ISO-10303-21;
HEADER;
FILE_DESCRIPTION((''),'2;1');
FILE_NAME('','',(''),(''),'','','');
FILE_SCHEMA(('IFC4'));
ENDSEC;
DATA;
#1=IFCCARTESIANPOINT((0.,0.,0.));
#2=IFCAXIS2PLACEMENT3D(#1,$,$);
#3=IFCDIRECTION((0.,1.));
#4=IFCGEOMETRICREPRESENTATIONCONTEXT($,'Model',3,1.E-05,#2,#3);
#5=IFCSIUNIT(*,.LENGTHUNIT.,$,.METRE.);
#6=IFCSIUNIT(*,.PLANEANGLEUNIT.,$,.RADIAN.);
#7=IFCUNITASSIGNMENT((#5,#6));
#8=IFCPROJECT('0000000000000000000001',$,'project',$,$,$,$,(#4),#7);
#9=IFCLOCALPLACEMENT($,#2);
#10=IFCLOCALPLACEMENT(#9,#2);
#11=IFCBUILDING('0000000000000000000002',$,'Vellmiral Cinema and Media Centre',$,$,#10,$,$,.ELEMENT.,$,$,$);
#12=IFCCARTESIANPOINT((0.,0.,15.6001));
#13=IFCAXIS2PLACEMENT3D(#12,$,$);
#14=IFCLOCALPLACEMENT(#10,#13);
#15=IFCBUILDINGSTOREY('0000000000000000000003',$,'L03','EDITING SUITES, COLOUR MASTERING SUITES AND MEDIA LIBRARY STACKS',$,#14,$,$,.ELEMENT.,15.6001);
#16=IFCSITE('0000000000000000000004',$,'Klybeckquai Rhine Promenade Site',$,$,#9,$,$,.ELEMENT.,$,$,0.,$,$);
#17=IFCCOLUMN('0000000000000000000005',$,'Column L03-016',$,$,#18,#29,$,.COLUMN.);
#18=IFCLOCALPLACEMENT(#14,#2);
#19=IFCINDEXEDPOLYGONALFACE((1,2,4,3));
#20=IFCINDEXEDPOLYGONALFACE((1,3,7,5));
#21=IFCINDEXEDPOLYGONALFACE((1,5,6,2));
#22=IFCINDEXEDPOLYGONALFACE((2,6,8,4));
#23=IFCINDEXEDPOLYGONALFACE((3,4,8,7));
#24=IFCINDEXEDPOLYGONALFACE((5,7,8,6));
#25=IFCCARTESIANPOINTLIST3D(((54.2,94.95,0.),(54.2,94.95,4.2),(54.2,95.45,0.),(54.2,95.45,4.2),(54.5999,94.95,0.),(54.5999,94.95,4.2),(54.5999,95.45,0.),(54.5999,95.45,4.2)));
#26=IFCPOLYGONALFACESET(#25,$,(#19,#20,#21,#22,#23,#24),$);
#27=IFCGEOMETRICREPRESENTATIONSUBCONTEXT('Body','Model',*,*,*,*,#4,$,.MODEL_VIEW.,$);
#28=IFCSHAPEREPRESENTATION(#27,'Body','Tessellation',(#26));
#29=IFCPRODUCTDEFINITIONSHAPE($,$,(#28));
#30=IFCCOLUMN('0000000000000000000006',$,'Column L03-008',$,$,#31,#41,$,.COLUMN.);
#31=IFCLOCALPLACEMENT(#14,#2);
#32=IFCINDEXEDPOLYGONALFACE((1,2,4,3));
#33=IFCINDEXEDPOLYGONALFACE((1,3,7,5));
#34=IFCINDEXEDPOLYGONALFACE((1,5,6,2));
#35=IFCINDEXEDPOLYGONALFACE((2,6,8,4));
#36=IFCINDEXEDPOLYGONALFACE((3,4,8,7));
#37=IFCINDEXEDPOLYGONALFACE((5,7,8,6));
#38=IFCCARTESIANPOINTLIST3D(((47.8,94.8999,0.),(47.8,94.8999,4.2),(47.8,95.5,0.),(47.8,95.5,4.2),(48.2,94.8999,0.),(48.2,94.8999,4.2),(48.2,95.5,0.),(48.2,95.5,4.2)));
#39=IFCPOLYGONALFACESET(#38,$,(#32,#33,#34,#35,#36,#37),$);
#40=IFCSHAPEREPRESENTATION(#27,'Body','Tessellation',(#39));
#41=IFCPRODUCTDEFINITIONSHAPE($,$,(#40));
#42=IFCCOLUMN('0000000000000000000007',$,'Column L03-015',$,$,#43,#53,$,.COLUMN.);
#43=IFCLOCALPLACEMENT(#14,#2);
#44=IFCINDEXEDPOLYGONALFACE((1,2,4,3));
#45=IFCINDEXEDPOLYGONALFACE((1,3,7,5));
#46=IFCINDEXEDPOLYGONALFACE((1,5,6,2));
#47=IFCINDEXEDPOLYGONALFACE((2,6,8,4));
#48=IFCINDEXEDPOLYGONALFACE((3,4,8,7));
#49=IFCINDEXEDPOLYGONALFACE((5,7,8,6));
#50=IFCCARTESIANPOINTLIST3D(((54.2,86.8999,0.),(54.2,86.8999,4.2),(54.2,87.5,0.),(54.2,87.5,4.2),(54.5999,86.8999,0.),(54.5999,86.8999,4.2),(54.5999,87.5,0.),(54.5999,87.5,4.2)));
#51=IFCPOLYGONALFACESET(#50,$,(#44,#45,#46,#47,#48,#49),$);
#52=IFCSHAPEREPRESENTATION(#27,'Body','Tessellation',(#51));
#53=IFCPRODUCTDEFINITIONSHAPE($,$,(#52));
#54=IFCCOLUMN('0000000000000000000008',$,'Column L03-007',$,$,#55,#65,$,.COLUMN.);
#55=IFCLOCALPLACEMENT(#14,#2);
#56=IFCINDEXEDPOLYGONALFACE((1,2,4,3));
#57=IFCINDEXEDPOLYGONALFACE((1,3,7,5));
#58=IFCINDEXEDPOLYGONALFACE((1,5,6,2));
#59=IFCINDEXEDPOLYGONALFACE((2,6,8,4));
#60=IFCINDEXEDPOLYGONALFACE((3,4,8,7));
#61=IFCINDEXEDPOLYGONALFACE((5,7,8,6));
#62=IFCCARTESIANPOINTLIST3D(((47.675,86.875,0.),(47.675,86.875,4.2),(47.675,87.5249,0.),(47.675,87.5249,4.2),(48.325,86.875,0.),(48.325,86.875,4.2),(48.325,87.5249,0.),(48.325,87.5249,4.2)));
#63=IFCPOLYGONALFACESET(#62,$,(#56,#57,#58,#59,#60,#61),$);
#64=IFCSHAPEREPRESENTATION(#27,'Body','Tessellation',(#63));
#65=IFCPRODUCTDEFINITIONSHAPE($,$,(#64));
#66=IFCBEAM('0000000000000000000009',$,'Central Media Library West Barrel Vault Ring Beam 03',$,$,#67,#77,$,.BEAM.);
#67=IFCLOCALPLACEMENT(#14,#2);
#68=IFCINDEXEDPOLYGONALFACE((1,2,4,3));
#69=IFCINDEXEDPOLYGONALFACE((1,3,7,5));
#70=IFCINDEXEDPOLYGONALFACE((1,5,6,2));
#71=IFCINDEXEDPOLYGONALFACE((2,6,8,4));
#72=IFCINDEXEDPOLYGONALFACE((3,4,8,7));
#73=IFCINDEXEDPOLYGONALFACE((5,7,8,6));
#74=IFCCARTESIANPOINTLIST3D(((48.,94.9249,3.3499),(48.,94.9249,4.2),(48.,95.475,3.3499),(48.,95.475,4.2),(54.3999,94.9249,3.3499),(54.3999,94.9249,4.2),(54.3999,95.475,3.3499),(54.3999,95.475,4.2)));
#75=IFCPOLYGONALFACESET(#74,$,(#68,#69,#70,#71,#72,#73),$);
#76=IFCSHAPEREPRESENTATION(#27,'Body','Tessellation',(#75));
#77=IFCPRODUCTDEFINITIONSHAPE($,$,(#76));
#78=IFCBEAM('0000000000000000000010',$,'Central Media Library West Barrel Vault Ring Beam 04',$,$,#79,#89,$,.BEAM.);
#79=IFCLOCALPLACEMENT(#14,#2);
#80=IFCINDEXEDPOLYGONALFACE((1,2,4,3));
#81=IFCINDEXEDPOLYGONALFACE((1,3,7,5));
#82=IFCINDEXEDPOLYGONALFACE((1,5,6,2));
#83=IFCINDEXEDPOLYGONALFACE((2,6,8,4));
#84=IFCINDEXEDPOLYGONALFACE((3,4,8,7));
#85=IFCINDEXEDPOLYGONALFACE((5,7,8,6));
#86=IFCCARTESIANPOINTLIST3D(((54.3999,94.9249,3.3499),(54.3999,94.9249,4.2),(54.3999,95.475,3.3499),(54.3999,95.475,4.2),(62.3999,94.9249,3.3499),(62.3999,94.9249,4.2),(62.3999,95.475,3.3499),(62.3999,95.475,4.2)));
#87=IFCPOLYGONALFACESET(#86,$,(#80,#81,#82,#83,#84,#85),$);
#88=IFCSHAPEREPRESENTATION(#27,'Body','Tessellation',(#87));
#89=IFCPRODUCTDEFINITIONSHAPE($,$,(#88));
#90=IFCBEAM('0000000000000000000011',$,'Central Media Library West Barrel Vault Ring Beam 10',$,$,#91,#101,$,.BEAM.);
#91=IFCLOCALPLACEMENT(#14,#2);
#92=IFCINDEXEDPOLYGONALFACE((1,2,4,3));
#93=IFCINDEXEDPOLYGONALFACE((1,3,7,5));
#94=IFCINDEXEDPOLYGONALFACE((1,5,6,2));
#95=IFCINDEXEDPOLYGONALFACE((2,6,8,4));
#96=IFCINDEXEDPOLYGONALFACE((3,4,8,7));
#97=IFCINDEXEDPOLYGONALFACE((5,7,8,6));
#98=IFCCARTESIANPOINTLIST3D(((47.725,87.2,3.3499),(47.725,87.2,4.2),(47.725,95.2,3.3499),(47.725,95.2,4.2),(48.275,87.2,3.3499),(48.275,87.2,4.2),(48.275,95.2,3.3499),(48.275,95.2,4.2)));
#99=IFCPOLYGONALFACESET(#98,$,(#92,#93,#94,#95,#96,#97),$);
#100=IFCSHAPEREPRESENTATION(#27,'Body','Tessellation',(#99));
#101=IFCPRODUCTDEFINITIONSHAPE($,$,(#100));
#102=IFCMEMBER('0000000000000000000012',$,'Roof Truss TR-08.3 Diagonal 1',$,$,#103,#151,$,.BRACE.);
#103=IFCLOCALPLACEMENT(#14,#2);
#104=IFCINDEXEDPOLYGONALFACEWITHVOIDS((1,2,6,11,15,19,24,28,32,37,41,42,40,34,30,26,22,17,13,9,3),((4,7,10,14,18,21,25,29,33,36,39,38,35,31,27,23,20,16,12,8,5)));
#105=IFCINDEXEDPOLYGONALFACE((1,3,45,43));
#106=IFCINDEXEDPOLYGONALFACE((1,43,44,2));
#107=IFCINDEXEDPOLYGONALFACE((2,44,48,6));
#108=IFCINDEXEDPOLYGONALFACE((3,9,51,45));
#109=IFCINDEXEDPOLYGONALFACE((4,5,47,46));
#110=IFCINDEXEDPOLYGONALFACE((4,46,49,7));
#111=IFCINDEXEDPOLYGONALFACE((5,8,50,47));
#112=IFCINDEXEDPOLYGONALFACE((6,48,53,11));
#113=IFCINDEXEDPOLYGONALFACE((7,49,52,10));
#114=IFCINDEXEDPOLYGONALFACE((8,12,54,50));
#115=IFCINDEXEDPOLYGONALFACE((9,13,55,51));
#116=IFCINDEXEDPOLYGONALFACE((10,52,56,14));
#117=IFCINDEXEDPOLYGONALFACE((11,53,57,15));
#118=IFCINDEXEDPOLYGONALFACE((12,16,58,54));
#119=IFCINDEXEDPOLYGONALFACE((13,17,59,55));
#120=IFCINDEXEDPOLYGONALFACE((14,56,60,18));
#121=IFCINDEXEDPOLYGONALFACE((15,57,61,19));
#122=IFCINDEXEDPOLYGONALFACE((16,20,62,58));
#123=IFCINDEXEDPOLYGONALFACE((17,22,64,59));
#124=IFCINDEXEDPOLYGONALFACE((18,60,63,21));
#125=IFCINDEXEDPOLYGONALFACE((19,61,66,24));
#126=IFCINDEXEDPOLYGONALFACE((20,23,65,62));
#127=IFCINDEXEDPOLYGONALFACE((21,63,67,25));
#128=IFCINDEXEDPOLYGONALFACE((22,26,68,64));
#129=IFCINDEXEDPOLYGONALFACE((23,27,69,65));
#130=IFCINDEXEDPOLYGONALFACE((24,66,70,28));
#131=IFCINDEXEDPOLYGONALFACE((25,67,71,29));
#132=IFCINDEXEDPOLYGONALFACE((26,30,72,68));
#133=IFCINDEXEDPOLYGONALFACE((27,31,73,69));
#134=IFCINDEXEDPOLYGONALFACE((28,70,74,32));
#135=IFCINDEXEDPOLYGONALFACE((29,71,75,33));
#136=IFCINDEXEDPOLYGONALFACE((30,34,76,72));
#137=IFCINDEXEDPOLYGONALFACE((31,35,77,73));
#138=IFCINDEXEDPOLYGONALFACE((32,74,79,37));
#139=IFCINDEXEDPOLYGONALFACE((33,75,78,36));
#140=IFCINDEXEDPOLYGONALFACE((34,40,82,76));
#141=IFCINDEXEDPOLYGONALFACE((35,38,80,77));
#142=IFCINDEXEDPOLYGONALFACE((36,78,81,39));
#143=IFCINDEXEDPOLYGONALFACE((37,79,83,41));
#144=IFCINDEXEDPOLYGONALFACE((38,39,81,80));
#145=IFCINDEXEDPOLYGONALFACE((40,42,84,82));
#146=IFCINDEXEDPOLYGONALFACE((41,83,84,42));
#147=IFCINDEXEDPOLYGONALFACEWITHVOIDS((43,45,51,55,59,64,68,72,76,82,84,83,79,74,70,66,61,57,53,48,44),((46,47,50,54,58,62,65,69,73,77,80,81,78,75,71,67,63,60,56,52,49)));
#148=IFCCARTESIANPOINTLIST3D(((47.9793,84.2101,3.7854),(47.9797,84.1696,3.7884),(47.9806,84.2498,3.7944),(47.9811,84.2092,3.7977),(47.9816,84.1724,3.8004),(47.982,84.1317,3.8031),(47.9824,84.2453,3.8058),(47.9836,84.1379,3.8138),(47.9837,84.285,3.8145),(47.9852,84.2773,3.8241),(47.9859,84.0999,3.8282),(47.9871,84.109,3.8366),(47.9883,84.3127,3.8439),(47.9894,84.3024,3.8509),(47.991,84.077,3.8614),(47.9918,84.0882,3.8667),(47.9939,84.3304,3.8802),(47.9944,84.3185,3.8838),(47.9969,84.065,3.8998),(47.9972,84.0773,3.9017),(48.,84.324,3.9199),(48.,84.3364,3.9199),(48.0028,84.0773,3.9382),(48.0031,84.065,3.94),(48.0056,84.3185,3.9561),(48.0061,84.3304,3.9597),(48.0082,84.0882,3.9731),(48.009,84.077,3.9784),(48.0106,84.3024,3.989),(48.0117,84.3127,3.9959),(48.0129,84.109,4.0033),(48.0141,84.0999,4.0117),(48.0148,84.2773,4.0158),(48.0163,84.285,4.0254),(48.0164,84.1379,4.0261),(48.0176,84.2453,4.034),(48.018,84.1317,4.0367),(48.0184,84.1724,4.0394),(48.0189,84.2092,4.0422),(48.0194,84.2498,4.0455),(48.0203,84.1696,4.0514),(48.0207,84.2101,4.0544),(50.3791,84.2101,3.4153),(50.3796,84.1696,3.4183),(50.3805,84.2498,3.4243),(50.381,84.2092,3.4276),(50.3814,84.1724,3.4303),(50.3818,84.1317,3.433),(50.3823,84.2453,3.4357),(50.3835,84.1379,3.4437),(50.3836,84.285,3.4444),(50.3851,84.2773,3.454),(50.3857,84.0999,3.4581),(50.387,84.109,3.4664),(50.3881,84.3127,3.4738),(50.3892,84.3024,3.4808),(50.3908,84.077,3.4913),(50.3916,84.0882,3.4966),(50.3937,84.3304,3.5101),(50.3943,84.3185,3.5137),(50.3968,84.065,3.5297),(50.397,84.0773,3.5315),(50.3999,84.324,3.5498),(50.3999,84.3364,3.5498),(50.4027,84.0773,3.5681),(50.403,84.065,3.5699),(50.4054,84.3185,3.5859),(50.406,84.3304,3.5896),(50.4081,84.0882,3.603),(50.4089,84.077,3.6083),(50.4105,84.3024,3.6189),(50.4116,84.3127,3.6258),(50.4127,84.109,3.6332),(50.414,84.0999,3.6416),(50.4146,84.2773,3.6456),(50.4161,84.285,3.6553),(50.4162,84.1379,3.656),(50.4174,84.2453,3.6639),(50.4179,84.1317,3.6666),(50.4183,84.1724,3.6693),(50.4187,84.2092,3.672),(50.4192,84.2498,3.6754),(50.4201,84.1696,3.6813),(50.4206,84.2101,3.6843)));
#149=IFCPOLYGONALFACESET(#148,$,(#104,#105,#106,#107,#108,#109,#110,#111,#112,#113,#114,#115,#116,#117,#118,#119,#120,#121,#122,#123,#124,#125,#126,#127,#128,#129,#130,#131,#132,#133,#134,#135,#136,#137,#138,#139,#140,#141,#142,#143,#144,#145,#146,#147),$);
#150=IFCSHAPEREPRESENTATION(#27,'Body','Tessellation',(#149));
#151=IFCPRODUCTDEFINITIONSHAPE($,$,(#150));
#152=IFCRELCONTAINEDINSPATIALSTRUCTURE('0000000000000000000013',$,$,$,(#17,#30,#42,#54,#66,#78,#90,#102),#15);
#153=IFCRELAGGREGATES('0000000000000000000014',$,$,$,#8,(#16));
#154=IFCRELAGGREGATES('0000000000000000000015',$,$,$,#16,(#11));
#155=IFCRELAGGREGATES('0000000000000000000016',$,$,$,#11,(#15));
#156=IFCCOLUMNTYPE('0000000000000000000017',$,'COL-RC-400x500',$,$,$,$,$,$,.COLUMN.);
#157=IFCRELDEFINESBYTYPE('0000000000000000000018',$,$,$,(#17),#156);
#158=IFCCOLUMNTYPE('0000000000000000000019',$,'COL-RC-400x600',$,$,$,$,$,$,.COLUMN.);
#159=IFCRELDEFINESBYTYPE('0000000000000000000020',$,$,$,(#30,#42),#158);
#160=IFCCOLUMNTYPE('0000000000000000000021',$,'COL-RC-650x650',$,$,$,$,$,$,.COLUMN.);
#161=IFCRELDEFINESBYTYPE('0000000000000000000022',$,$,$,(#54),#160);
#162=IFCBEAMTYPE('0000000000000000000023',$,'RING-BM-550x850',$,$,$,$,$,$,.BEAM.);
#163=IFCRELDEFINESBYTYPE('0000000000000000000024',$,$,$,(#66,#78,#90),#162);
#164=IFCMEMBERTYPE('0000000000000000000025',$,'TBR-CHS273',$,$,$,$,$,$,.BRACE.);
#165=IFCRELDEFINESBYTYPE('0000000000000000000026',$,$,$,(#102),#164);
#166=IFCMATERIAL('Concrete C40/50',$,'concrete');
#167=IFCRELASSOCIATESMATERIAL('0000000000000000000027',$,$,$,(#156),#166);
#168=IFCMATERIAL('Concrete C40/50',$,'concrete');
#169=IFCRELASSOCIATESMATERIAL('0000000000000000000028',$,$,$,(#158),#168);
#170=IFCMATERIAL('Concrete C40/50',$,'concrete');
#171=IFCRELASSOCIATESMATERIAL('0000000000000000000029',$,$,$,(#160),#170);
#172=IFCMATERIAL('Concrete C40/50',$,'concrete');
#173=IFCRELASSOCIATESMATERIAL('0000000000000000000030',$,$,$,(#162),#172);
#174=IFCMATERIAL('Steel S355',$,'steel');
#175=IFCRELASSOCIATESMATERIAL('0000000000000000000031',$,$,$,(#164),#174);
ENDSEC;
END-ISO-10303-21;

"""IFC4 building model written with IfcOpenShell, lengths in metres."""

from ifc_helpers import new_model, si_unit, direction, frame, origin, origin_2d, place, context, subcontext, project, spatial, rectangle, hollow_circle, extrude, material, material_profile, profile_set, type_object, element, save


model = new_model("IFC4")

# Units and contexts
model_context = context("Model", 3, precision=1e-05, world=origin(), true_north=direction((0.0, 1.0)))
body_context = subcontext(model_context, "Body", "Model", "MODEL_VIEW")
ifc_project = project(units=[si_unit("LENGTHUNIT", "METRE"), si_unit("PLANEANGLEUNIT", "RADIAN")], contexts=[model_context])

# Site, building, storey
site_placement = place(None, origin())
site = spatial("IfcSite", under=ifc_project, at=site_placement, Name="Klybeckquai Rhine Promenade Site", CompositionType="ELEMENT", RefElevation=0.0)
building_placement = place(site_placement, origin())
building = spatial("IfcBuilding", under=site, at=building_placement, Name="Vellmiral Cinema and Media Centre", CompositionType="ELEMENT")
storey_placement = place(building_placement, frame((0.0, 0.0, 15.6001)))
storey = spatial("IfcBuildingStorey", under=building, at=storey_placement, Name="L03", Description="EDITING SUITES, COLOUR MASTERING SUITES AND MEDIA LIBRARY STACKS", CompositionType="ELEMENT", Elevation=15.6001)

# Columns
ifc_material_1 = material(Name="Concrete C40/50", Category="concrete")
ifc_material_profile_1 = material_profile(ifc_material_1, rectangle(XDim=0.3999, YDim=0.5, at=origin_2d()), Name="RC 400x500")
ifc_profile_set_1 = profile_set([ifc_material_profile_1], Name="Concrete C40/50")
column_type_1 = type_object("IfcColumnType", Name="COL-RC-400x500", PredefinedType="COLUMN", material=ifc_profile_set_1)
column_1_placement = place(storey_placement, frame((54.3999, 95.2, 0.0), z_axis=(0.0, 0.0, 1.0), x_axis=(1.0, 0.0, 0.0)))
element("IfcColumn", 1, at=column_1_placement, inside=storey, type_object=column_type_1, Name="Column L03-016", PredefinedType="COLUMN", context=body_context, shape_type="SweptSolid", body=[
    extrude(rectangle(XDim=0.3999, YDim=0.5, at=origin_2d()), origin(), (0.0, 0.0, 1.0), 4.2),
])
ifc_material_2 = material(Name="Concrete C40/50", Category="concrete")
ifc_material_profile_2 = material_profile(ifc_material_2, rectangle(XDim=0.3999, YDim=0.6001, at=origin_2d()), Name="RC 400x600")
ifc_profile_set_2 = profile_set([ifc_material_profile_2], Name="Concrete C40/50")
column_type_2 = type_object("IfcColumnType", Name="COL-RC-400x600", PredefinedType="COLUMN", material=ifc_profile_set_2)
for number, where, z_axis, x_axis, name in (
    (2, (48.0, 95.2, 0.0), (0.0, 0.0, 1.0), (1.0, 0.0, 0.0), "Column L03-008"),
    (3, (54.3999, 87.2, 0.0), (0.0, 0.0, 1.0), (1.0, 0.0, 0.0), "Column L03-015"),
):
    element("IfcColumn", number, at=place(storey_placement, frame(where, z_axis=z_axis, x_axis=x_axis)), inside=storey, type_object=column_type_2, Name=name, PredefinedType="COLUMN", context=body_context, shape_type="SweptSolid", body=[
        extrude(rectangle(XDim=0.3999, YDim=0.6001, at=origin_2d()), origin(), (0.0, 0.0, 1.0), 4.2),
    ])
ifc_material_3 = material(Name="Concrete C40/50", Category="concrete")
ifc_material_profile_3 = material_profile(ifc_material_3, rectangle(XDim=0.6499, YDim=0.6499, at=origin_2d()), Name="RC 650x650")
ifc_profile_set_3 = profile_set([ifc_material_profile_3], Name="Concrete C40/50")
column_type_3 = type_object("IfcColumnType", Name="COL-RC-650x650", PredefinedType="COLUMN", material=ifc_profile_set_3)
column_2_placement = place(storey_placement, frame((48.0, 87.2, 0.0), z_axis=(0.0, 0.0, 1.0), x_axis=(1.0, 0.0, 0.0)))
element("IfcColumn", 4, at=column_2_placement, inside=storey, type_object=column_type_3, Name="Column L03-007", PredefinedType="COLUMN", context=body_context, shape_type="SweptSolid", body=[
    extrude(rectangle(XDim=0.6499, YDim=0.6499, at=origin_2d()), origin(), (0.0, 0.0, 1.0), 4.2),
])

# Beams
ifc_material_4 = material(Name="Concrete C40/50", Category="concrete")
ifc_material_profile_4 = material_profile(ifc_material_4, rectangle(XDim=0.55, YDim=0.8501, at=origin_2d()), Name="RC 550x850")
ifc_profile_set_4 = profile_set([ifc_material_profile_4], Name="Concrete C40/50")
beam_type = type_object("IfcBeamType", Name="RING-BM-550x850", PredefinedType="BEAM", material=ifc_profile_set_4)
beam_placement = place(storey_placement, frame((48.0, 95.2, 3.7749), z_axis=(1.0, 0.0, 0.0), x_axis=(0.0, 1.0, 0.0)))
element("IfcBeam", 5, at=beam_placement, inside=storey, type_object=beam_type, Name="Central Media Library West Barrel Vault Ring Beam 03", PredefinedType="BEAM", context=body_context, shape_type="SweptSolid", body=[
    extrude(rectangle(XDim=0.55, YDim=0.8501, at=origin_2d()), origin(), (0.0, 0.0, 1.0), 6.3999),
])
for number, where, z_axis, x_axis, name in (
    (6, (54.3999, 95.2, 3.7749), (1.0, 0.0, 0.0), (0.0, 1.0, 0.0), "Central Media Library West Barrel Vault Ring Beam 04"),
    (7, (48.0, 87.2, 3.7749), (0.0, 1.0, 0.0), (-1.0, 0.0, 0.0), "Central Media Library West Barrel Vault Ring Beam 10"),
):
    element("IfcBeam", number, at=place(storey_placement, frame(where, z_axis=z_axis, x_axis=x_axis)), inside=storey, type_object=beam_type, Name=name, PredefinedType="BEAM", context=body_context, shape_type="SweptSolid", body=[
        extrude(rectangle(XDim=0.55, YDim=0.8501, at=origin_2d()), origin(), (0.0, 0.0, 1.0), 8.0),
    ])

# Member
ifc_material_5 = material(Name="Steel S355", Category="steel")
ifc_material_profile_5 = material_profile(ifc_material_5, hollow_circle(Radius=0.1365, WallThickness=0.0125, at=origin_2d()), Name="CHS 273.0x12.5")
ifc_profile_set_5 = profile_set([ifc_material_profile_5], Name="Steel S355")
member_type_1 = type_object("IfcMemberType", Name="TBR-CHS273", PredefinedType="BRACE", material=ifc_profile_set_5)
member_1_placement = place(storey_placement, frame((48.0, 84.2, 3.9199), z_axis=(0.988316, 0.0, -0.15242), x_axis=(0.0, 1.0, 0.0)))
element("IfcMember", 8, at=member_1_placement, inside=storey, type_object=member_type_1, Name="Roof Truss TR-08.3 Diagonal 1", PredefinedType="BRACE", context=body_context, shape_type="SweptSolid", body=[
    extrude(hollow_circle(Radius=0.1365, WallThickness=0.0125, at=origin_2d()), origin(), (0.0, 0.0, 1.0), 2.4282),
])

save(model, "model.ifc")
